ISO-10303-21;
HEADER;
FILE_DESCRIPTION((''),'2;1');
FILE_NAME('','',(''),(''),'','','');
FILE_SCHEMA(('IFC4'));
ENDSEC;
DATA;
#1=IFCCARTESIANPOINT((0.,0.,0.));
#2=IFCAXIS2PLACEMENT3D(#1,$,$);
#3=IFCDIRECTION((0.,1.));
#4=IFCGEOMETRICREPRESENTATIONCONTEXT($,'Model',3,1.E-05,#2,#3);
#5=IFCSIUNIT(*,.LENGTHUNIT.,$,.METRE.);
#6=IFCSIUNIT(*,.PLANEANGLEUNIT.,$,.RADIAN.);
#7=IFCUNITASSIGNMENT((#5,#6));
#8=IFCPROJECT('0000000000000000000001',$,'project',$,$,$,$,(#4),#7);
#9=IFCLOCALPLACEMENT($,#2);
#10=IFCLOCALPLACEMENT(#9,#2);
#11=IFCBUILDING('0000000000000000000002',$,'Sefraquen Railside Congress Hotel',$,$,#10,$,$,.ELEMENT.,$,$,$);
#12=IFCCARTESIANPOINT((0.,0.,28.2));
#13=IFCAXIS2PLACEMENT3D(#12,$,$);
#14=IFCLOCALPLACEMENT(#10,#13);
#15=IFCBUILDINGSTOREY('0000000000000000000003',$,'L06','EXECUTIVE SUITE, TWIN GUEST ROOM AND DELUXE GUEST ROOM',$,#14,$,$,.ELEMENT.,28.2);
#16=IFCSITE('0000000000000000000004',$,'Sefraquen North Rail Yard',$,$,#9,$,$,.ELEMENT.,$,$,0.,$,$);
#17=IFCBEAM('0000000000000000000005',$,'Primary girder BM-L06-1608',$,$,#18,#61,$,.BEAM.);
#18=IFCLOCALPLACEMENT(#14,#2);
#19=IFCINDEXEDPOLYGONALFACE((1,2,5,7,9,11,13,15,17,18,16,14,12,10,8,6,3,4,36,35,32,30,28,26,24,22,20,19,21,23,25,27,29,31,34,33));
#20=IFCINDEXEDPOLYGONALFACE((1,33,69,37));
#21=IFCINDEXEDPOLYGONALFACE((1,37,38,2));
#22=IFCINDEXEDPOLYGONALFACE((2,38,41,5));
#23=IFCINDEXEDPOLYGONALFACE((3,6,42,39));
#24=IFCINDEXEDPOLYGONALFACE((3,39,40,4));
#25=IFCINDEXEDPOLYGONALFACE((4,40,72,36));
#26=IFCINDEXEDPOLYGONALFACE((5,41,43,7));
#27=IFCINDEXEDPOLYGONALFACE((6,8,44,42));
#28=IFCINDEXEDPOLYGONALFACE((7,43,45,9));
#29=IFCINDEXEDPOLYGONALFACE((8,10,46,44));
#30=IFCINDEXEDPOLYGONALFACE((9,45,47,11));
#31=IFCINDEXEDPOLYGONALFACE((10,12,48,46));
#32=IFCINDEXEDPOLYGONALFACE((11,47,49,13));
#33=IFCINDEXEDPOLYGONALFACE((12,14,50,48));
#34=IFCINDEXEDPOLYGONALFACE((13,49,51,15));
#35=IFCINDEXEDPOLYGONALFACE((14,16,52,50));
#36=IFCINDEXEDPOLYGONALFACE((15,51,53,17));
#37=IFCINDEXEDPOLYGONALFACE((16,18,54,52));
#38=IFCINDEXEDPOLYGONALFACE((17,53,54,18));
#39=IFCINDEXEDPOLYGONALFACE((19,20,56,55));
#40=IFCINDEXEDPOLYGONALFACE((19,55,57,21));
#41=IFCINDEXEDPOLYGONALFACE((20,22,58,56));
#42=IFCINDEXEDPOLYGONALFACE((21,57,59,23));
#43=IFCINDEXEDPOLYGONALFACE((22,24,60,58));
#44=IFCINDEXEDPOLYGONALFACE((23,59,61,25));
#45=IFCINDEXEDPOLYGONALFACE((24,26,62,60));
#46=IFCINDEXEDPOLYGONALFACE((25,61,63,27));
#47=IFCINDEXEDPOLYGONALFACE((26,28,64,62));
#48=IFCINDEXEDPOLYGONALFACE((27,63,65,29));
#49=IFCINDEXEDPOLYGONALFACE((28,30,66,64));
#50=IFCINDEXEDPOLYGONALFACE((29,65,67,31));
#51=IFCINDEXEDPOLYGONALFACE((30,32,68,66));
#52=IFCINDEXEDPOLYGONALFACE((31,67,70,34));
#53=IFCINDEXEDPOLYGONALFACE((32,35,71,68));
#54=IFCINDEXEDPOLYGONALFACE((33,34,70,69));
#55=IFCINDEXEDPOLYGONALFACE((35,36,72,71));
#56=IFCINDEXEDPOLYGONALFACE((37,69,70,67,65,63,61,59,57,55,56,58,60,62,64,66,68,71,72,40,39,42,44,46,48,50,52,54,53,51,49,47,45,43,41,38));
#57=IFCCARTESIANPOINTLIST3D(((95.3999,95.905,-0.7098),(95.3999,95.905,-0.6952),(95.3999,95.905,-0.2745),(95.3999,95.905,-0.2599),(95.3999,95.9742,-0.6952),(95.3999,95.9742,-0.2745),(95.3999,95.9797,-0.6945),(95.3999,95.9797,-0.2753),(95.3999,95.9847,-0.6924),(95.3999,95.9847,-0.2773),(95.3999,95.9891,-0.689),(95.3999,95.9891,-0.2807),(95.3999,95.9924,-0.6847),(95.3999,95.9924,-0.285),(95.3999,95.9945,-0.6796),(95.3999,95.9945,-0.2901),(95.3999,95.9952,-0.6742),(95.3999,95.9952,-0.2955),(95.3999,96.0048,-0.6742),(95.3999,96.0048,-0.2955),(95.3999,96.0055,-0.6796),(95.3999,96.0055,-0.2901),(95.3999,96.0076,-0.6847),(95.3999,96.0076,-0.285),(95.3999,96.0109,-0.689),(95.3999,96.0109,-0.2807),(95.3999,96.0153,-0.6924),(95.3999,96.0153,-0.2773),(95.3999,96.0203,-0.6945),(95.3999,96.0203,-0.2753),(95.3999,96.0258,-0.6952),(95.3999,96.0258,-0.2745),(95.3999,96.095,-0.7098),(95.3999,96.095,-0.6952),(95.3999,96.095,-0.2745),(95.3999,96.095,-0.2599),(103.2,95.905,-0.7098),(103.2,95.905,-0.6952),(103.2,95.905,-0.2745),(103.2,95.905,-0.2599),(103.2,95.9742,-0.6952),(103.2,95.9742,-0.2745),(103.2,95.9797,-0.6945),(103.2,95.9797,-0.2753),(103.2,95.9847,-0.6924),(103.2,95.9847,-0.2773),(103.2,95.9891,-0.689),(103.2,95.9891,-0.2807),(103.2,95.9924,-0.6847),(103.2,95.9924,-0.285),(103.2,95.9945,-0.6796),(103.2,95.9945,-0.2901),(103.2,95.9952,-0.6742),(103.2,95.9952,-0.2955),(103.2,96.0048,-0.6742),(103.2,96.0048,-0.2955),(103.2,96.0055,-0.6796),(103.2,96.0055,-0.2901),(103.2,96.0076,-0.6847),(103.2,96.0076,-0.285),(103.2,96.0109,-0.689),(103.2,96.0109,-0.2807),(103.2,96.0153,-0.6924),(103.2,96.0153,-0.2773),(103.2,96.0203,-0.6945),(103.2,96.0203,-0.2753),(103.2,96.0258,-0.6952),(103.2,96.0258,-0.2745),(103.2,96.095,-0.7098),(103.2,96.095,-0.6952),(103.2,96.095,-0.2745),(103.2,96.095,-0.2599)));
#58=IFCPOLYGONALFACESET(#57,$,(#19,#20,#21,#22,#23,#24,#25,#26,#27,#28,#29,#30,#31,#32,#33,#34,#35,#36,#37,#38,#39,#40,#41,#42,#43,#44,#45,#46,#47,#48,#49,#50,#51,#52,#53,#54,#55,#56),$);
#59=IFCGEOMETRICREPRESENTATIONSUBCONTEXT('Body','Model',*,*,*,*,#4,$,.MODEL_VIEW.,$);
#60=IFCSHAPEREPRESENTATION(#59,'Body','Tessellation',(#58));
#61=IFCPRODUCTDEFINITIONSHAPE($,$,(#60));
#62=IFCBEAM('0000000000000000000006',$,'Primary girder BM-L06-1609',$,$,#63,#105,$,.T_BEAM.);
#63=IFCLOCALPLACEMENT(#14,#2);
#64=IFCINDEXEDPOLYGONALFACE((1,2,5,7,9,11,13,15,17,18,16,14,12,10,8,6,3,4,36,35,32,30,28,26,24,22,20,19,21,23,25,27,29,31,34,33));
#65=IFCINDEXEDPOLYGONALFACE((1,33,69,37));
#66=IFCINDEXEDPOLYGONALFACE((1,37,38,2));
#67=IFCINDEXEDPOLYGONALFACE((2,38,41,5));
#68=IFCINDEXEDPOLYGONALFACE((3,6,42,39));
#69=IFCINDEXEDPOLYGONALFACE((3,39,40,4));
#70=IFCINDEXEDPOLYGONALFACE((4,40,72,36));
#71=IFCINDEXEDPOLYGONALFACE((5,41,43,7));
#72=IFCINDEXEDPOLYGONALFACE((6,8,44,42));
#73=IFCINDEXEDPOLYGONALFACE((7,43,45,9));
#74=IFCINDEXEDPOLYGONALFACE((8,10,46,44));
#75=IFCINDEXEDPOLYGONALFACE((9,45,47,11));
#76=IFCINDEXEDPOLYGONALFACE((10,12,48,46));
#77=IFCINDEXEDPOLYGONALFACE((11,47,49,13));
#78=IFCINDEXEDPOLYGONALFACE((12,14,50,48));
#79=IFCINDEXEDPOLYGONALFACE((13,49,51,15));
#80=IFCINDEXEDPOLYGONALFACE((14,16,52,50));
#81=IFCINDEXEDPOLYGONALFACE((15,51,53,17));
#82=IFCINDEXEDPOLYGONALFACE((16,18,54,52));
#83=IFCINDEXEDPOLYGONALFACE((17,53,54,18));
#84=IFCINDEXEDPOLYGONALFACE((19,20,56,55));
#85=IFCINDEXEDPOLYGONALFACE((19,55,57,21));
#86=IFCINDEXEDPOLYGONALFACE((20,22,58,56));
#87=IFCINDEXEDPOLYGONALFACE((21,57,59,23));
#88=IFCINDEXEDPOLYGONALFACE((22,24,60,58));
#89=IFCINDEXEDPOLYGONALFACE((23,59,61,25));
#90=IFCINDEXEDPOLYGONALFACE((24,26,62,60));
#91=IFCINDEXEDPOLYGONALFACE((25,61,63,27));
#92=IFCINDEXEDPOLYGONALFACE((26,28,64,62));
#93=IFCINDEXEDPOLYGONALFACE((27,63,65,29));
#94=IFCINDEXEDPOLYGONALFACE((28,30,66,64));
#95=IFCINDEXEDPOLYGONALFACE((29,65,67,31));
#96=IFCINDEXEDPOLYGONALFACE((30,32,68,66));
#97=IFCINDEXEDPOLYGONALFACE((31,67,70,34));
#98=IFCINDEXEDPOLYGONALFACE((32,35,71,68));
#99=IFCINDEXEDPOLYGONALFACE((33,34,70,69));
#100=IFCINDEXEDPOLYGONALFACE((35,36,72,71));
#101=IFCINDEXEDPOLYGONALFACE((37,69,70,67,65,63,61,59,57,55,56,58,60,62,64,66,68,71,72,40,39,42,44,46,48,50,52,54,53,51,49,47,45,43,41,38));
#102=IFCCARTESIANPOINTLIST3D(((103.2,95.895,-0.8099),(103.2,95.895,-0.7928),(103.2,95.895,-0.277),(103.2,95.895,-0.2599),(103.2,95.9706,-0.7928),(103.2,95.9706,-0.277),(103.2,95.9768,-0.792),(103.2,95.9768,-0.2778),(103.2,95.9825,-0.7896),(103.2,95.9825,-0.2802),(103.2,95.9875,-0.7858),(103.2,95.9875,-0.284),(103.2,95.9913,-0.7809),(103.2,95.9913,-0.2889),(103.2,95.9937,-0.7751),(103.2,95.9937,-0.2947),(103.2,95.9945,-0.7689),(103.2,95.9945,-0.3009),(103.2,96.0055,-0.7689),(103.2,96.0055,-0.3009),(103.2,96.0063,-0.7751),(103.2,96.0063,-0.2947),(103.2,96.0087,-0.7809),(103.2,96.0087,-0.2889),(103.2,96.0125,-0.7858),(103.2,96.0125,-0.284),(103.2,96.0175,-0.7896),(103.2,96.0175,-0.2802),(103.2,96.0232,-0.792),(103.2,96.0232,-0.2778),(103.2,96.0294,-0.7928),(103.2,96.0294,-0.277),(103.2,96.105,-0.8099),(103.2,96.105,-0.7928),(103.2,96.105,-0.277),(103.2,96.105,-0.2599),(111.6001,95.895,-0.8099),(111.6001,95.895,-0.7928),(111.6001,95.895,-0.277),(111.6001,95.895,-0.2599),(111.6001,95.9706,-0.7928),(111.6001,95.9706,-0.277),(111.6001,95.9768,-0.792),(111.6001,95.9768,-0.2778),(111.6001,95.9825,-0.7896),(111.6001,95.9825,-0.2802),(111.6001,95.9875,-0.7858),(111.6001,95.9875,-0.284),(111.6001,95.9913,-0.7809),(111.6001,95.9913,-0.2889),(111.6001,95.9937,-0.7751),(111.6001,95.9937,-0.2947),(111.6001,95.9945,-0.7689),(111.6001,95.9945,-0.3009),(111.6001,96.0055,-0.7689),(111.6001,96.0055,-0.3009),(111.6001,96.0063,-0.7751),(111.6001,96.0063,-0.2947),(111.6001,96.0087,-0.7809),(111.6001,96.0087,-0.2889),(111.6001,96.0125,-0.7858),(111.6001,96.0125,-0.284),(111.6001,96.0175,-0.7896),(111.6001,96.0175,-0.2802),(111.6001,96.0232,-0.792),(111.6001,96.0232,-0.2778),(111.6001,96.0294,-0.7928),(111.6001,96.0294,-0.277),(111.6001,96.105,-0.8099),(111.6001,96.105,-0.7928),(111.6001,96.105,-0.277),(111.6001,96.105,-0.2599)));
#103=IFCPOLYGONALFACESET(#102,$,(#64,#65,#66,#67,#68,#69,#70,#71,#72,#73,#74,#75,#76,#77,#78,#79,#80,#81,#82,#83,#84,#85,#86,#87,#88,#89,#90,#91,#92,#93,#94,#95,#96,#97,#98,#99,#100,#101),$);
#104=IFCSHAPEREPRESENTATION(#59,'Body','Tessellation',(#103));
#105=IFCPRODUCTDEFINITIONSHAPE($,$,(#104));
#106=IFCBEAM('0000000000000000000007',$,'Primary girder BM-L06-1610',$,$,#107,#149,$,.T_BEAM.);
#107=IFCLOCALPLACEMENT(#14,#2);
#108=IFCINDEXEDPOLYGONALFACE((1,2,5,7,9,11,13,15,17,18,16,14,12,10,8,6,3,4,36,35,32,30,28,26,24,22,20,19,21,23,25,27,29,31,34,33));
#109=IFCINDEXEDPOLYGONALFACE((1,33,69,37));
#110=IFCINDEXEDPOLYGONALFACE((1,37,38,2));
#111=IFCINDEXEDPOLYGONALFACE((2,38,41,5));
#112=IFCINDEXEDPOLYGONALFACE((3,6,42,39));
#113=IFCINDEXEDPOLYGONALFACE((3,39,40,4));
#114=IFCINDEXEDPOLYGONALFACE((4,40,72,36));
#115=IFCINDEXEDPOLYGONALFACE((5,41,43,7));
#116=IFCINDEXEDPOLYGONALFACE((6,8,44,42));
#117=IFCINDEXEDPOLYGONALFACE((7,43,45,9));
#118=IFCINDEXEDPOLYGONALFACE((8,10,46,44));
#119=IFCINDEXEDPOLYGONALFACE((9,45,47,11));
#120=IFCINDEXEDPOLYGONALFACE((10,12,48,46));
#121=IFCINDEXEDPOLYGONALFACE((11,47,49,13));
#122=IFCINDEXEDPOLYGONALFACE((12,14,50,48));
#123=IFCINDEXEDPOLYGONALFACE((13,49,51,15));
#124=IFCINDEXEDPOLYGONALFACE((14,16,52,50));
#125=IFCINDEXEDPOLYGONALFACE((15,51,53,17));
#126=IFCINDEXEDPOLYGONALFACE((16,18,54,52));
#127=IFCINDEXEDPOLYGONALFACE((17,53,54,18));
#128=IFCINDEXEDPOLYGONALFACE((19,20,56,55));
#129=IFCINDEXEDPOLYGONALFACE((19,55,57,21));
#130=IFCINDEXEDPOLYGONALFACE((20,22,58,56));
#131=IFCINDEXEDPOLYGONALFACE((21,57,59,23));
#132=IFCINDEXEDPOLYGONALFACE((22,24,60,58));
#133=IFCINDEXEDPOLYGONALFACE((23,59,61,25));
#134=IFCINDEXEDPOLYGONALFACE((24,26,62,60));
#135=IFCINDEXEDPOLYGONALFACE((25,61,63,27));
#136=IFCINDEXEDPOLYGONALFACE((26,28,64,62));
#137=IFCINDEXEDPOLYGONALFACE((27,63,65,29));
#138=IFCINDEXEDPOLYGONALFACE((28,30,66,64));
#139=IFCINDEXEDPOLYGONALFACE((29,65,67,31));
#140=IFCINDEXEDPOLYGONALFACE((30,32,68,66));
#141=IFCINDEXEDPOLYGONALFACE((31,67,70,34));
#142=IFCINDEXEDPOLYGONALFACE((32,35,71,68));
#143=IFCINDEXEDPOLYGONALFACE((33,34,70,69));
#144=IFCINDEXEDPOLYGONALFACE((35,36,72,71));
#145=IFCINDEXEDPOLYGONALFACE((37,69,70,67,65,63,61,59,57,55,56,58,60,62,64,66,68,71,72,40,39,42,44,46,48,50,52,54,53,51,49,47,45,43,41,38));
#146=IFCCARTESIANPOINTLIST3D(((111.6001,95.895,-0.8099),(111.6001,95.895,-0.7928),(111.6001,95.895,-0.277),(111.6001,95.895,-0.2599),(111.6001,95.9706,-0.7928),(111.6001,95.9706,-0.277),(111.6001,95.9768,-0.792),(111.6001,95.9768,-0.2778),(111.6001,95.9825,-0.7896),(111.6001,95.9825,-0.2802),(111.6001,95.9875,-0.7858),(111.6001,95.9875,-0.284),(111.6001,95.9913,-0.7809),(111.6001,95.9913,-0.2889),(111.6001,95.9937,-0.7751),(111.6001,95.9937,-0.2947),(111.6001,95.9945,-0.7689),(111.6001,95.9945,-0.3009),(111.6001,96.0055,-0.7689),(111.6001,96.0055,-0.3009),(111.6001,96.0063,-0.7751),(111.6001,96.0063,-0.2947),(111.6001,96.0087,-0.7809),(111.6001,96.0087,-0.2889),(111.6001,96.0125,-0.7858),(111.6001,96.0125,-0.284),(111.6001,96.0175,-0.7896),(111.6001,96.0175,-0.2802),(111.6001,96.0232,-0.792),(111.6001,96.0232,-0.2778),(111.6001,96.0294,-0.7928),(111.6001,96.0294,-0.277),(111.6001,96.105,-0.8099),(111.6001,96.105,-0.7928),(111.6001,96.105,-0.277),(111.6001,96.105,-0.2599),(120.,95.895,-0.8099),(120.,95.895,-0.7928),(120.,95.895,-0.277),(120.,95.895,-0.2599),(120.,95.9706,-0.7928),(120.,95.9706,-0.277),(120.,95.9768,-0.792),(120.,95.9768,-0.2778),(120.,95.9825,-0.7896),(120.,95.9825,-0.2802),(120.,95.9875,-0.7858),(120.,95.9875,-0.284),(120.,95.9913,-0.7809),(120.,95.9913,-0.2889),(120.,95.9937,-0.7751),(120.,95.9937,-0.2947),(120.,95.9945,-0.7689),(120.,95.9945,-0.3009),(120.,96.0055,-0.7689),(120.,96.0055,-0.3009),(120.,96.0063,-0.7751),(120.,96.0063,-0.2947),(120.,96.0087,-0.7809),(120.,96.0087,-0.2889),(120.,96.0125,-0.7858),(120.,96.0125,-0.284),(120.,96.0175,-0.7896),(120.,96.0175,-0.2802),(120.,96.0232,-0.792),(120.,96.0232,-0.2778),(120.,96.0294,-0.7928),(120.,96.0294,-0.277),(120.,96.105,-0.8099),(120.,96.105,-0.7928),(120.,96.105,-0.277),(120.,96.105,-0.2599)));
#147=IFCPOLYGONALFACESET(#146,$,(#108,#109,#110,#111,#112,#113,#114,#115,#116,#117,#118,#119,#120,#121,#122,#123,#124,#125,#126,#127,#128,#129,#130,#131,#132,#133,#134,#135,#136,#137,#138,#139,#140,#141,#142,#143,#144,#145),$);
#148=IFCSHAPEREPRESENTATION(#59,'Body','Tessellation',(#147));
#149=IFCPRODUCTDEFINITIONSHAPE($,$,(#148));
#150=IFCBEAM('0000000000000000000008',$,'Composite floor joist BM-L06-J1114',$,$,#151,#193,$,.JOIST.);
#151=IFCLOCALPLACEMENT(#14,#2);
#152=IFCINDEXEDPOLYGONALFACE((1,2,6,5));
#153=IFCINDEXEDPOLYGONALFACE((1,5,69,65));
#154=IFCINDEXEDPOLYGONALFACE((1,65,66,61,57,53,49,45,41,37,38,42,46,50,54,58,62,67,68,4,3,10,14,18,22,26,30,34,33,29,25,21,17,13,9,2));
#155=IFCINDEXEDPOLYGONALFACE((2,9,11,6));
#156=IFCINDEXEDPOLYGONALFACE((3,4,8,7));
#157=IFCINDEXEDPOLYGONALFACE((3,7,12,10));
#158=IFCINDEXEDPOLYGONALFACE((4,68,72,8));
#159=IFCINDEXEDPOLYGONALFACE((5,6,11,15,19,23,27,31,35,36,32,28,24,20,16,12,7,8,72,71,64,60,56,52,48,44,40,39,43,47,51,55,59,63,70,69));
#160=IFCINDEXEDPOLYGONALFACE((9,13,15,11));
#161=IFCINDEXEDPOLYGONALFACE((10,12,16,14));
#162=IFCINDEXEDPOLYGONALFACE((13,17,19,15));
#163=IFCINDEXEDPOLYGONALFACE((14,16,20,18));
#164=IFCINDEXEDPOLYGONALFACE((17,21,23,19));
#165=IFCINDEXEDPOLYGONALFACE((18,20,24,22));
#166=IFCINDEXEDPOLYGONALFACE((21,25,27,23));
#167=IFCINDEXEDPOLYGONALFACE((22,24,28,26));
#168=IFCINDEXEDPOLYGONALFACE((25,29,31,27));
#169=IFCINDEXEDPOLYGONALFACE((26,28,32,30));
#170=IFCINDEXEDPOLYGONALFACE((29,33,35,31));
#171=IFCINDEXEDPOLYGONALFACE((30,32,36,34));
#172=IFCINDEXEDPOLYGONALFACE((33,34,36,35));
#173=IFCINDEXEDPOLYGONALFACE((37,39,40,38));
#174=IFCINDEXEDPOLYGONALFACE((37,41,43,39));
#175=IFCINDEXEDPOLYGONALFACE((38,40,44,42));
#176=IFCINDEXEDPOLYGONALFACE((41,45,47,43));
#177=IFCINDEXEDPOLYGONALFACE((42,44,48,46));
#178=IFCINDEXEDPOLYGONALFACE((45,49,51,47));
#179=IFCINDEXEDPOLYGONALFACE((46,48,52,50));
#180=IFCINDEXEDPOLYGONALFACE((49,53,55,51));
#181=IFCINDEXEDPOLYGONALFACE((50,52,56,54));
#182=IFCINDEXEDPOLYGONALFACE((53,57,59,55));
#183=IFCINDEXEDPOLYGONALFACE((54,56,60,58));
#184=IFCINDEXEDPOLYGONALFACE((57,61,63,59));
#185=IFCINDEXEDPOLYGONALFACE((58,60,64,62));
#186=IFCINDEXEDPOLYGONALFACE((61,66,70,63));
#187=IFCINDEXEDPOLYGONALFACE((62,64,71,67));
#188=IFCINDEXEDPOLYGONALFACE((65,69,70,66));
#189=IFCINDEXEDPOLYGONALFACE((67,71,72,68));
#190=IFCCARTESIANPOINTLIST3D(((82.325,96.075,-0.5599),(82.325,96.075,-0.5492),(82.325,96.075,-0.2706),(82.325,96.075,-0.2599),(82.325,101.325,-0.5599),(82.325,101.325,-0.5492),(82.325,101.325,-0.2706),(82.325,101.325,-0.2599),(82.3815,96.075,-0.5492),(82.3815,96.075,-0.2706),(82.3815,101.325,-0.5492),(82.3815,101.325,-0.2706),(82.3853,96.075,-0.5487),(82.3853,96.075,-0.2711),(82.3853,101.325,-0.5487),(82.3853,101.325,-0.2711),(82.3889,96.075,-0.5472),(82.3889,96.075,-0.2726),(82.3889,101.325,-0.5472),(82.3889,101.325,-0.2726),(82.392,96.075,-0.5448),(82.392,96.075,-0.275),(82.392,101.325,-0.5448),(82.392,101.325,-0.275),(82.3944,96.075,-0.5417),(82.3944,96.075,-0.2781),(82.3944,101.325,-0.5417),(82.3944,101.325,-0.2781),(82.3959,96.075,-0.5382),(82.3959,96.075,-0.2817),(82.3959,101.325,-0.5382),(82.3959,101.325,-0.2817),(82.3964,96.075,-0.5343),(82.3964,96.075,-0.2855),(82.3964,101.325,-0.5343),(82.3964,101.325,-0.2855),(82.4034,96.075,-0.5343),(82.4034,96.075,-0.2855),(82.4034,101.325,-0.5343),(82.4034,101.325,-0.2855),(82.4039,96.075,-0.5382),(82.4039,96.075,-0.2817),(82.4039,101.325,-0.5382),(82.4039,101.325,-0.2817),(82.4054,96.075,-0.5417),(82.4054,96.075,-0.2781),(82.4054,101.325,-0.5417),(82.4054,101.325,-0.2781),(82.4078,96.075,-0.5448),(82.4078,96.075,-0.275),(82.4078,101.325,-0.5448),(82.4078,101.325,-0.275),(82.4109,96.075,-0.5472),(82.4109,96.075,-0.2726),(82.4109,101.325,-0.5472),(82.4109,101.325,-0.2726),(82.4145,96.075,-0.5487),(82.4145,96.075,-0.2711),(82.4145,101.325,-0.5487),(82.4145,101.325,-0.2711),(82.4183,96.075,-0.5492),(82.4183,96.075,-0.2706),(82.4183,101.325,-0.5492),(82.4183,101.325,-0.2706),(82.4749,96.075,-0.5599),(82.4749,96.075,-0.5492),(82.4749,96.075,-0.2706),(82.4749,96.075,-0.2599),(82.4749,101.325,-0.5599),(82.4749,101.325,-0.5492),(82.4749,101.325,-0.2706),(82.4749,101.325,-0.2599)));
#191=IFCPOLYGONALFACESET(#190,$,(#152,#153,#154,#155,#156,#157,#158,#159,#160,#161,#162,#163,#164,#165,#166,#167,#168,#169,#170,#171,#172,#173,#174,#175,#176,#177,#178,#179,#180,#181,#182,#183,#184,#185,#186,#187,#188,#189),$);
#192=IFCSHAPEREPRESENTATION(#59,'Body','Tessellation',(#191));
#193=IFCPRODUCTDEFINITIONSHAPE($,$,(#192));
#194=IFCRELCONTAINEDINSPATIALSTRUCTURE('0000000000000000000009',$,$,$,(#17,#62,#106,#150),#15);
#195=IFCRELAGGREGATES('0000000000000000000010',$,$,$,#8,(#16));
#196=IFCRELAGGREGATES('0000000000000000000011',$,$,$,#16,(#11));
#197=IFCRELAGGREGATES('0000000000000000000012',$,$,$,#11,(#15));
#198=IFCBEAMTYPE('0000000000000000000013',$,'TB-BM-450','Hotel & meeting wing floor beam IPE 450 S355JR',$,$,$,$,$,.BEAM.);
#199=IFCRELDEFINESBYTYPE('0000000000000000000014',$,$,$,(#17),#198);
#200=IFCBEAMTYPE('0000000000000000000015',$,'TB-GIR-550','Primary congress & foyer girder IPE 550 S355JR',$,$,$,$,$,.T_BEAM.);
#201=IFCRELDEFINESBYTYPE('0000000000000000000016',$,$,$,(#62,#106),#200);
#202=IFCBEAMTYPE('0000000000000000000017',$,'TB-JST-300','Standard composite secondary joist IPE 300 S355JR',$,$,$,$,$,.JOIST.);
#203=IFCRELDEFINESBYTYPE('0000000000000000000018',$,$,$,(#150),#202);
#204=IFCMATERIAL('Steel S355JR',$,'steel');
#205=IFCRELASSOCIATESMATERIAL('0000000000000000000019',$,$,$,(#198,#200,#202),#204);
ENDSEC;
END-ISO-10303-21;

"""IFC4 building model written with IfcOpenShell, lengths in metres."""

from ifc_helpers import new_model, si_unit, direction, frame, origin, origin_2d, place, context, subcontext, project, spatial, i_section, extrude, material, material_profile, profile_set, type_object, element, save


model = new_model("IFC4")

# Units and contexts
model_context = context("Model", 3, precision=1e-05, world=origin(), true_north=direction((0.0, 1.0)))
body_context = subcontext(model_context, "Body", "Model", "MODEL_VIEW")
ifc_project = project(units=[si_unit("LENGTHUNIT", "METRE"), si_unit("PLANEANGLEUNIT", "RADIAN")], contexts=[model_context])

# Site, building, storey
site_placement = place(None, origin())
site = spatial("IfcSite", under=ifc_project, at=site_placement, Name="Sefraquen North Rail Yard", CompositionType="ELEMENT", RefElevation=0.0)
building_placement = place(site_placement, origin())
building = spatial("IfcBuilding", under=site, at=building_placement, Name="Sefraquen Railside Congress Hotel", CompositionType="ELEMENT")
storey_placement = place(building_placement, frame((0.0, 0.0, 28.2)))
storey = spatial("IfcBuildingStorey", under=building, at=storey_placement, Name="L06", Description="EXECUTIVE SUITE, TWIN GUEST ROOM AND DELUXE GUEST ROOM", CompositionType="ELEMENT", Elevation=28.2)

# Shared definitions
ifc_material_1 = material(Name="Steel S355JR", Category="steel")

# Beams
ifc_material_profile_1 = material_profile(ifc_material_1, i_section(OverallWidth=0.1899, OverallDepth=0.45, WebThickness=0.0095, FlangeThickness=0.0146, FilletRadius=0.021, at=origin_2d()), Name="IPE 450")
ifc_profile_set_1 = profile_set([ifc_material_profile_1], Name="Steel S355JR")
beam_type_1 = type_object("IfcBeamType", Name="TB-BM-450", Description="Hotel & meeting wing floor beam IPE 450 S355JR", PredefinedType="BEAM", material=ifc_profile_set_1)
beam_1_placement = place(storey_placement, frame((95.3999, 96.0, -0.4849), z_axis=(1.0, 0.0, 0.0), x_axis=(0.0, 1.0, 0.0)))
element("IfcBeam", 1, at=beam_1_placement, inside=storey, type_object=beam_type_1, Name="Primary girder BM-L06-1608", PredefinedType="BEAM", context=body_context, shape_type="SweptSolid", body=[
    extrude(i_section(OverallWidth=0.1899, OverallDepth=0.45, WebThickness=0.0095, FlangeThickness=0.0146, FilletRadius=0.021, at=origin_2d()), origin(), (0.0, 0.0, 1.0), 7.8),
])
ifc_material_profile_2 = material_profile(ifc_material_1, i_section(OverallWidth=0.21, OverallDepth=0.55, WebThickness=0.011, FlangeThickness=0.0171, FilletRadius=0.0239, at=origin_2d()), Name="IPE 550")
ifc_profile_set_2 = profile_set([ifc_material_profile_2], Name="Steel S355JR")
beam_type_2 = type_object("IfcBeamType", Name="TB-GIR-550", Description="Primary congress & foyer girder IPE 550 S355JR", PredefinedType="T_BEAM", material=ifc_profile_set_2)
beam_2_placement = place(storey_placement, frame((103.2, 96.0, -0.5349), z_axis=(1.0, 0.0, 0.0), x_axis=(0.0, 1.0, 0.0)))
element("IfcBeam", 2, at=beam_2_placement, inside=storey, type_object=beam_type_2, Name="Primary girder BM-L06-1609", PredefinedType="T_BEAM", context=body_context, shape_type="SweptSolid", body=[
    extrude(i_section(OverallWidth=0.21, OverallDepth=0.55, WebThickness=0.011, FlangeThickness=0.0171, FilletRadius=0.0239, at=origin_2d()), origin(), (0.0, 0.0, 1.0), 8.4001),
])
beam_3_placement = place(storey_placement, frame((111.6001, 96.0, -0.5349), z_axis=(1.0, 0.0, 0.0), x_axis=(0.0, 1.0, 0.0)))
element("IfcBeam", 3, at=beam_3_placement, inside=storey, type_object=beam_type_2, Name="Primary girder BM-L06-1610", PredefinedType="T_BEAM", context=body_context, shape_type="SweptSolid", body=[
    extrude(i_section(OverallWidth=0.21, OverallDepth=0.55, WebThickness=0.011, FlangeThickness=0.0171, FilletRadius=0.0239, at=origin_2d()), origin(), (0.0, 0.0, 1.0), 8.3999),
])
ifc_material_profile_3 = material_profile(ifc_material_1, i_section(OverallWidth=0.1499, OverallDepth=0.3, WebThickness=0.0071, FlangeThickness=0.0107, FilletRadius=0.0149, at=origin_2d()), Name="IPE 300")
ifc_profile_set_3 = profile_set([ifc_material_profile_3], Name="Steel S355JR")
beam_type_3 = type_object("IfcBeamType", Name="TB-JST-300", Description="Standard composite secondary joist IPE 300 S355JR", PredefinedType="JOIST", material=ifc_profile_set_3)
for number, where, z_axis, x_axis, name in (
    (4, (82.3999, 96.075, -0.4099), (0.0, 1.0, 0.0), (-1.0, 0.0, 0.0), "Composite floor joist BM-L06-J1114"),
):
    element("IfcBeam", number, at=place(storey_placement, frame(where, z_axis=z_axis, x_axis=x_axis)), inside=storey, type_object=beam_type_3, Name=name, PredefinedType="JOIST", context=body_context, shape_type="SweptSolid", body=[
        extrude(i_section(OverallWidth=0.1499, OverallDepth=0.3, WebThickness=0.0071, FlangeThickness=0.0107, FilletRadius=0.0149, at=origin_2d()), origin(), (0.0, 0.0, 1.0), 5.25),
    ])

save(model, "model.ifc")
